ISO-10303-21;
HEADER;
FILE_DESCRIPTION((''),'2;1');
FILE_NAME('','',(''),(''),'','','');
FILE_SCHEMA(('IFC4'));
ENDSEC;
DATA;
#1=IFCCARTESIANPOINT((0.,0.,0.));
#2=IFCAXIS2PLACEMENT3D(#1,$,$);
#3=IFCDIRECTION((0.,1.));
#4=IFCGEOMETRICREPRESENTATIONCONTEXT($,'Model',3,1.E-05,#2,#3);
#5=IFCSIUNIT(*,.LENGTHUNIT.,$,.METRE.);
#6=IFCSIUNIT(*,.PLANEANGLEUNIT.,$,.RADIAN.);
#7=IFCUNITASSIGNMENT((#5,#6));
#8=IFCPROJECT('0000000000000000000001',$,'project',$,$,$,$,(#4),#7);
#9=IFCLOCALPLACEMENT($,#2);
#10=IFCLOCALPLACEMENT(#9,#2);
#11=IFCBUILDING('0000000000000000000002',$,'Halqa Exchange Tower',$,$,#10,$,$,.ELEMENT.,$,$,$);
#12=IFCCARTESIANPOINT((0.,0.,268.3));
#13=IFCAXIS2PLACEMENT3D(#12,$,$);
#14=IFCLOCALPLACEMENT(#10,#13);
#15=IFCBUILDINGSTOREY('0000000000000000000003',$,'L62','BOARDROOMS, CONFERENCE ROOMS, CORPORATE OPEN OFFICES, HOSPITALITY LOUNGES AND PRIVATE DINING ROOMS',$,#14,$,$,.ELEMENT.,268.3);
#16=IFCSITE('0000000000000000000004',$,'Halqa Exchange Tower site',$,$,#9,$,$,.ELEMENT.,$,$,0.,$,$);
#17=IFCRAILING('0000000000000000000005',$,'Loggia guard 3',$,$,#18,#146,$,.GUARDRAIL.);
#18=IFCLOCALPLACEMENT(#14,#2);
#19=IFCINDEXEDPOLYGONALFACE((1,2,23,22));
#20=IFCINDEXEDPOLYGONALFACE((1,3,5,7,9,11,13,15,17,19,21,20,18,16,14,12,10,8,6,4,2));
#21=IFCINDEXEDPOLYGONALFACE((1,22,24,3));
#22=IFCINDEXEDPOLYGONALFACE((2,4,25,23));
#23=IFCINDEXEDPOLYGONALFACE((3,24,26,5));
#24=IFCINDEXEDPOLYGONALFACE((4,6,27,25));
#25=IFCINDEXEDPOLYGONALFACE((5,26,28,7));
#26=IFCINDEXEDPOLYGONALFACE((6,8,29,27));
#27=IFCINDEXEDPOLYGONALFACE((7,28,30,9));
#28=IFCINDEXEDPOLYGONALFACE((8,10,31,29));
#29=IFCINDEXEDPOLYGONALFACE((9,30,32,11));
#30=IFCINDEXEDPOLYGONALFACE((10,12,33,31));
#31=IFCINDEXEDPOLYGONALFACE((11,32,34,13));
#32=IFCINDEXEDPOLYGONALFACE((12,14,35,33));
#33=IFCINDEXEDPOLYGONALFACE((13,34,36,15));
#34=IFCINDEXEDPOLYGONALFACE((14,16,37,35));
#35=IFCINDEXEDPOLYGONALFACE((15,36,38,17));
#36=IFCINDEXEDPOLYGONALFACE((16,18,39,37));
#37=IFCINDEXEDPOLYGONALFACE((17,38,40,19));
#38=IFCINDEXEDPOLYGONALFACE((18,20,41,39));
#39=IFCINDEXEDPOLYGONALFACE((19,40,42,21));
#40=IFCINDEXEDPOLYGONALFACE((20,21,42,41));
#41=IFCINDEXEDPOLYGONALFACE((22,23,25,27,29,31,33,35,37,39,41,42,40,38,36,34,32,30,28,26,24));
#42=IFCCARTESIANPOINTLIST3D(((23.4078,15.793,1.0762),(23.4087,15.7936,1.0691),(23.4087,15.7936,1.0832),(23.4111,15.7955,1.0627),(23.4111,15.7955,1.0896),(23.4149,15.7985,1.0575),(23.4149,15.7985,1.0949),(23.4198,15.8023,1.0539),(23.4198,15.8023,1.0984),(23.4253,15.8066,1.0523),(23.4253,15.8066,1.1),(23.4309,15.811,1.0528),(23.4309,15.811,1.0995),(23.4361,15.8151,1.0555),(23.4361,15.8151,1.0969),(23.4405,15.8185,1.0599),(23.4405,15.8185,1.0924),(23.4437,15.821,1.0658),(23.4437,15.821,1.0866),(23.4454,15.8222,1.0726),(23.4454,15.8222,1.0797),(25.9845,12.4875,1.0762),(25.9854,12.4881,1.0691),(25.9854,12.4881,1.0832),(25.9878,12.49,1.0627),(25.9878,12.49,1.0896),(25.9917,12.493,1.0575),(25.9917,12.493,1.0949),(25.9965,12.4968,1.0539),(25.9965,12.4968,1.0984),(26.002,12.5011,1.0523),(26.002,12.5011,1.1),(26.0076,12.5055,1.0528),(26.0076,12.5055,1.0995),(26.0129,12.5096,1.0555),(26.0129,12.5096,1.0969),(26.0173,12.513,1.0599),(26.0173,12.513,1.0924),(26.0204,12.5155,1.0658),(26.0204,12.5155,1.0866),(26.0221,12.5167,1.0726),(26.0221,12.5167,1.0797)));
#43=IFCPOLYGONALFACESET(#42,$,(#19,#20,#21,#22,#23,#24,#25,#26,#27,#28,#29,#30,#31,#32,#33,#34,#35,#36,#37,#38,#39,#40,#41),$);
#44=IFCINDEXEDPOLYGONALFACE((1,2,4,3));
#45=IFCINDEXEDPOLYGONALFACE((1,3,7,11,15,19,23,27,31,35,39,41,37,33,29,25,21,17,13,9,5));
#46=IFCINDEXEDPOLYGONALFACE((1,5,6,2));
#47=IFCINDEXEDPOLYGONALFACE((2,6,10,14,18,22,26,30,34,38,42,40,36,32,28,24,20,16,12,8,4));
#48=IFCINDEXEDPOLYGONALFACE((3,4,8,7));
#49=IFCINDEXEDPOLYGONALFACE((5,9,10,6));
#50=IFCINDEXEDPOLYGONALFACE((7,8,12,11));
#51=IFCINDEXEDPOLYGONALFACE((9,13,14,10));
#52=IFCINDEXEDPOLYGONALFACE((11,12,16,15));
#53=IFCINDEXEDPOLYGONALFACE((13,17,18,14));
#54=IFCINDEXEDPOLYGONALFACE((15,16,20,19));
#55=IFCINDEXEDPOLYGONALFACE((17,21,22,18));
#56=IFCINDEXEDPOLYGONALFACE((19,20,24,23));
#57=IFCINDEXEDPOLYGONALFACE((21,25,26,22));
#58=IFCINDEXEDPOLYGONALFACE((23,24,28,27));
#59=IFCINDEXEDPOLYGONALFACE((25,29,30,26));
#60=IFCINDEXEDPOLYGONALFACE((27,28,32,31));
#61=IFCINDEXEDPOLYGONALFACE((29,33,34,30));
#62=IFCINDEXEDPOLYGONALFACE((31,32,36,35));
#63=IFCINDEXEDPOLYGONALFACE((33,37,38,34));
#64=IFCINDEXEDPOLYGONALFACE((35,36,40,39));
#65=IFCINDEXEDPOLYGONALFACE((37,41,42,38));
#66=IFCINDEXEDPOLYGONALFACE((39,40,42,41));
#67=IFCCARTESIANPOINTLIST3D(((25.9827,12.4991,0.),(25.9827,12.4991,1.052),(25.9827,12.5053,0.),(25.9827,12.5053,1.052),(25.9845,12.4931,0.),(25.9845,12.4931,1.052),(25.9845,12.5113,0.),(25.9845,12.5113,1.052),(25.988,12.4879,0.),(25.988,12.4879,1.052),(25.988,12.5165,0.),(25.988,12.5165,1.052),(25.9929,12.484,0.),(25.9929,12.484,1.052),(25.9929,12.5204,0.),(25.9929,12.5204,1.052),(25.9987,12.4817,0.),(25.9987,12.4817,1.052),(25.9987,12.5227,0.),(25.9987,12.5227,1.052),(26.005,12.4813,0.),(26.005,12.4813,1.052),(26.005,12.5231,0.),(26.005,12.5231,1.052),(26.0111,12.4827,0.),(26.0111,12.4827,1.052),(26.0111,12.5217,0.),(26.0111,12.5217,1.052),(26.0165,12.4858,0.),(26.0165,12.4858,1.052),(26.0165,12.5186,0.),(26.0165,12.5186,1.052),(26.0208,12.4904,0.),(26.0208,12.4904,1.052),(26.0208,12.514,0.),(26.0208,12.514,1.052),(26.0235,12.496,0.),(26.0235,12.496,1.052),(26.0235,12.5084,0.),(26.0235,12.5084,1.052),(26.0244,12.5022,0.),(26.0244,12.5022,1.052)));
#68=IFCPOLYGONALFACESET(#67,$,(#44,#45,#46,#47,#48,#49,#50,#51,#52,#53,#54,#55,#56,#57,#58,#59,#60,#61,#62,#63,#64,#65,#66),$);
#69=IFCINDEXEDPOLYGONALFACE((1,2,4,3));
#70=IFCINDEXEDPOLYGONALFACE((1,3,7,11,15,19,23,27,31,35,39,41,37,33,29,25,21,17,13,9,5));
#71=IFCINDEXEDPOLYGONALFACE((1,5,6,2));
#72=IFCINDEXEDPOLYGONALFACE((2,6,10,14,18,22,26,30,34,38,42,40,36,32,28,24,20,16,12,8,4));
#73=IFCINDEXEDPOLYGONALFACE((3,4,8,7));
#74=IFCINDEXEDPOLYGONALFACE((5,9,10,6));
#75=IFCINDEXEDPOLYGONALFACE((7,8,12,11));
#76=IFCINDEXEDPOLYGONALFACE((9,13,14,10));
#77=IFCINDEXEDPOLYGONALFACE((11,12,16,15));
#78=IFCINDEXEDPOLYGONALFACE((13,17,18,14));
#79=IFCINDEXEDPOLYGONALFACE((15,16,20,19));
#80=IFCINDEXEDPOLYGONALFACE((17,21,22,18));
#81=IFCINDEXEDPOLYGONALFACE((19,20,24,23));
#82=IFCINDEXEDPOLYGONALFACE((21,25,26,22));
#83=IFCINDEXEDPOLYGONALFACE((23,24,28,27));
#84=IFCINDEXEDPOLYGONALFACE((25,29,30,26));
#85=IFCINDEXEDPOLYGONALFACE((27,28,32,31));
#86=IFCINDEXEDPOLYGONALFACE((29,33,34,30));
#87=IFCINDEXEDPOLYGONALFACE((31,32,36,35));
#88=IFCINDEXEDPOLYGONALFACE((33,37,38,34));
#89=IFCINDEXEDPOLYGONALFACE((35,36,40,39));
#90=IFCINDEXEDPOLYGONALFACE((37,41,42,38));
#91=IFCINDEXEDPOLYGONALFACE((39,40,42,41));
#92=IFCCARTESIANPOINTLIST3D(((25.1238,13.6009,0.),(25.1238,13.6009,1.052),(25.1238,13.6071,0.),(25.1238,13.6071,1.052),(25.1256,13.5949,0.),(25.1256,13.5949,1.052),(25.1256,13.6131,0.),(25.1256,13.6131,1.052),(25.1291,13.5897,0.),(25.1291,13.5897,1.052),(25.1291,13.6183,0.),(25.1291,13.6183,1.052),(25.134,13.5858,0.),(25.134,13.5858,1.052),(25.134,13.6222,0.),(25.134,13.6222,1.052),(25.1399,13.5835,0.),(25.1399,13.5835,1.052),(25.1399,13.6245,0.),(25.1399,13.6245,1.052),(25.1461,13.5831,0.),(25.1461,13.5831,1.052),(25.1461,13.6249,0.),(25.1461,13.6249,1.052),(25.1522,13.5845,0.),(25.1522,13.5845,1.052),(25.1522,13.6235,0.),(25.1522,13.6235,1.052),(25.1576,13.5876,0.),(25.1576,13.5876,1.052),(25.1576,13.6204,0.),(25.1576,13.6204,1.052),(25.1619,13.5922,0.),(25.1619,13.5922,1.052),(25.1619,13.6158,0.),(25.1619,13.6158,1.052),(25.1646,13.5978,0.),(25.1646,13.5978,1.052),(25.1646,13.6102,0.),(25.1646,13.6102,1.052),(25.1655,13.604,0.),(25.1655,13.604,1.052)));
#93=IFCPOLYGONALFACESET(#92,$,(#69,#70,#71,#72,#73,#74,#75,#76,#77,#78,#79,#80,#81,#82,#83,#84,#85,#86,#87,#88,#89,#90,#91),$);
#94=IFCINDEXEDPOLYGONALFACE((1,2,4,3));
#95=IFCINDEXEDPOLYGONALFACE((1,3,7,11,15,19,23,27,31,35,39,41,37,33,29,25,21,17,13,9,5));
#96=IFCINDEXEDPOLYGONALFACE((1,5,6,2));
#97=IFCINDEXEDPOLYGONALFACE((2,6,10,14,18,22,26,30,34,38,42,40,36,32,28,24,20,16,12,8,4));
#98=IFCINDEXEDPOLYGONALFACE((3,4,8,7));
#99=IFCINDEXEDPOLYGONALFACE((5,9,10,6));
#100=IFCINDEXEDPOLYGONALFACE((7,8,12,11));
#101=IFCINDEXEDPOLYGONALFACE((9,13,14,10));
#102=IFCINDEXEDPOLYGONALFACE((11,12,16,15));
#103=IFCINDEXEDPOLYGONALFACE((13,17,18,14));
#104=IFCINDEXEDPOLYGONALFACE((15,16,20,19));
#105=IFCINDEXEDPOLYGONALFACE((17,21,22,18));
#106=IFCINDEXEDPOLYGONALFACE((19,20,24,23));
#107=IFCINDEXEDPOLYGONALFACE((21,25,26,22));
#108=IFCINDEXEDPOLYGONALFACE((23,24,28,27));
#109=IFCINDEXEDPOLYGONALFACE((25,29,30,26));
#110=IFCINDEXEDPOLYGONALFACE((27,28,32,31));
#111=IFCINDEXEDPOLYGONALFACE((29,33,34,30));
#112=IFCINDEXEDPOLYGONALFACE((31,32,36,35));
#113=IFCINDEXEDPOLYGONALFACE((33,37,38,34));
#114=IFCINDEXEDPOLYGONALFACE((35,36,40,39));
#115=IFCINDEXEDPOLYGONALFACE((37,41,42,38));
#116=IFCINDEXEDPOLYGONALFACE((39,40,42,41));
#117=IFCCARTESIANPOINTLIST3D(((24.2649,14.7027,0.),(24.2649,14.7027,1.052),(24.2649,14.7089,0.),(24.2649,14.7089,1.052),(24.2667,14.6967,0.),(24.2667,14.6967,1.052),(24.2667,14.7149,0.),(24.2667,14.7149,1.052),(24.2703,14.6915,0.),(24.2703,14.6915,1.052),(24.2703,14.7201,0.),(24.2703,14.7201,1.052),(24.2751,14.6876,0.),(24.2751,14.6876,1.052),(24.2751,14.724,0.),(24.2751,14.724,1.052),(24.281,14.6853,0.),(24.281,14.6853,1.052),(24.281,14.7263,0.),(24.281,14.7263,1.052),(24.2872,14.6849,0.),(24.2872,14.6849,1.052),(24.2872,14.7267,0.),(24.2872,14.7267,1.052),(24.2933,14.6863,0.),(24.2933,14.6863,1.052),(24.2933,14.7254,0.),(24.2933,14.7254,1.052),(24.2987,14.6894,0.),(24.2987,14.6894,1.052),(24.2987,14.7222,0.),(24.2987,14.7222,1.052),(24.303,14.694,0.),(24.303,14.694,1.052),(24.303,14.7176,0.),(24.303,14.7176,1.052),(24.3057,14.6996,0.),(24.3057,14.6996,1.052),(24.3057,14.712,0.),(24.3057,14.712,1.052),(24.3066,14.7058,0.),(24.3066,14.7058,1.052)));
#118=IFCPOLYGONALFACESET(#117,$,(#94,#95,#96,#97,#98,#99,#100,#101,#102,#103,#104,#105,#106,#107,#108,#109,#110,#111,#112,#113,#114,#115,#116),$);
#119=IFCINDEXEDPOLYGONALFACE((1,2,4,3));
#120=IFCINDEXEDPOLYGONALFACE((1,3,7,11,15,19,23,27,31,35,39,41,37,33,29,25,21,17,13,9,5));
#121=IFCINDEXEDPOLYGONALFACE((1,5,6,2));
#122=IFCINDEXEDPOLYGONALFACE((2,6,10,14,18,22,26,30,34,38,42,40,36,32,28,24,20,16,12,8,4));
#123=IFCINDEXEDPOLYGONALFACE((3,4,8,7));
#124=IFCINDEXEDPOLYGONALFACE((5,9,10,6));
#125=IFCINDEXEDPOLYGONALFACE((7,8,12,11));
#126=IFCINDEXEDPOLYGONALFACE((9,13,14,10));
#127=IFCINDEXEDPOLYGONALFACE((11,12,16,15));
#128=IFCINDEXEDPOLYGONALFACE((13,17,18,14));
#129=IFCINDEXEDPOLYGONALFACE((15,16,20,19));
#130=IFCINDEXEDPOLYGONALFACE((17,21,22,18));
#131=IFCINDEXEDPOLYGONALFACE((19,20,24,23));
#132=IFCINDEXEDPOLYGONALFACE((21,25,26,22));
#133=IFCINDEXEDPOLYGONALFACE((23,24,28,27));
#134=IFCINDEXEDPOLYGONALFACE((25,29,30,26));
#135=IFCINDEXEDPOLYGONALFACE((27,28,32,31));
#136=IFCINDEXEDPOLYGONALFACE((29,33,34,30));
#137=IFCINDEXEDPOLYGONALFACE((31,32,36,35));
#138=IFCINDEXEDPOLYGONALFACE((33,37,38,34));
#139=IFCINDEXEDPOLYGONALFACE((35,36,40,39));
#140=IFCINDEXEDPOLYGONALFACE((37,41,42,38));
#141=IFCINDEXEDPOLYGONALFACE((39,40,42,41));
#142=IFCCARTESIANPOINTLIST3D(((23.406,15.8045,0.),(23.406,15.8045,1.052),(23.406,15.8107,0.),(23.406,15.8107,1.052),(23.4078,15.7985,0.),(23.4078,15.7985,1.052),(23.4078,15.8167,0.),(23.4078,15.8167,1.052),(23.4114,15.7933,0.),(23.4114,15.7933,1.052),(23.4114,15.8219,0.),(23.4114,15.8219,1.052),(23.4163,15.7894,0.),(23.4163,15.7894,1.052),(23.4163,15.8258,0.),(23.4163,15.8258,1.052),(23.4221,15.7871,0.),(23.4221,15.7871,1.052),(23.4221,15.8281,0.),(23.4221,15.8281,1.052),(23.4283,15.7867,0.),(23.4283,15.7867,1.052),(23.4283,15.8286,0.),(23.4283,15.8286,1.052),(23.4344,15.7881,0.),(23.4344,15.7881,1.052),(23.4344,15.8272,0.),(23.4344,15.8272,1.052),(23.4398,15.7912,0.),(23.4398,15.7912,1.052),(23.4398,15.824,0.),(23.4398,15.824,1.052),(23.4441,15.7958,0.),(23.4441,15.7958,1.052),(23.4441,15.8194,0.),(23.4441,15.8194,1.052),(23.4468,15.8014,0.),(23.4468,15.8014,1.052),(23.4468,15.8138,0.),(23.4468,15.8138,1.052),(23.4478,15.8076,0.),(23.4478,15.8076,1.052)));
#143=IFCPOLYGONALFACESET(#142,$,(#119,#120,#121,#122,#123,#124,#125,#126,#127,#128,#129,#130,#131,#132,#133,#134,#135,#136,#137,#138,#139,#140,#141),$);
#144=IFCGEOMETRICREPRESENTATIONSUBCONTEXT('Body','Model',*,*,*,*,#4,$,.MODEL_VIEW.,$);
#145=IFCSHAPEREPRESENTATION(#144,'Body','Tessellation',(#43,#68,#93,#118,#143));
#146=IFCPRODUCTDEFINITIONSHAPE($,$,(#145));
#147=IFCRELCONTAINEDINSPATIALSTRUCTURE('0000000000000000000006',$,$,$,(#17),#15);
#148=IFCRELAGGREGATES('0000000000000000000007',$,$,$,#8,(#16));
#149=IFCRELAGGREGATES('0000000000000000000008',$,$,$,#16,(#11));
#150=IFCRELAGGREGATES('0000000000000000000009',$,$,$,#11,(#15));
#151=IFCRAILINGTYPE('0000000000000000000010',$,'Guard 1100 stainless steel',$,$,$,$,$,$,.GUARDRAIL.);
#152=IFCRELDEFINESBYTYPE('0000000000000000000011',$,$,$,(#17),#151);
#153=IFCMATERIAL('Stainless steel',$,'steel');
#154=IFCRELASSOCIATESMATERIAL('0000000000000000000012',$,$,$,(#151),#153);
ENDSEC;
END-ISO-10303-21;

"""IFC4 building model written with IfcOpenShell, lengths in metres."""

from ifc_helpers import new_model, si_unit, direction, frame, origin, origin_2d, place, context, subcontext, project, spatial, circle, extrude, material, type_object, element, save


model = new_model("IFC4")

# Units and contexts
model_context = context("Model", 3, precision=1e-05, world=origin(), true_north=direction((0.0, 1.0)))
body_context = subcontext(model_context, "Body", "Model", "MODEL_VIEW")
ifc_project = project(units=[si_unit("LENGTHUNIT", "METRE"), si_unit("PLANEANGLEUNIT", "RADIAN")], contexts=[model_context])

# Site, building, storey
site_placement = place(None, origin())
site = spatial("IfcSite", under=ifc_project, at=site_placement, Name="Halqa Exchange Tower site", CompositionType="ELEMENT", RefElevation=0.0)
building_placement = place(site_placement, origin())
building = spatial("IfcBuilding", under=site, at=building_placement, Name="Halqa Exchange Tower", CompositionType="ELEMENT")
storey_placement = place(building_placement, frame((0.0, 0.0, 268.3)))
storey = spatial("IfcBuildingStorey", under=building, at=storey_placement, Name="L62", Description="BOARDROOMS, CONFERENCE ROOMS, CORPORATE OPEN OFFICES, HOSPITALITY LOUNGES AND PRIVATE DINING ROOMS", CompositionType="ELEMENT", Elevation=268.3)

# Railing
ifc_material_1 = material(Name="Stainless steel", Category="steel")
railing_type = type_object("IfcRailingType", Name="Guard 1100 stainless steel", PredefinedType="GUARDRAIL", material=ifc_material_1)
railing_1_placement = place(storey_placement, frame((26.0034, 12.5022, 0.0)))
element("IfcRailing", 1, at=railing_1_placement, inside=storey, type_object=railing_type, Name="Loggia guard 3", PredefinedType="GUARDRAIL", context=body_context, shape_type="SweptSolid", body=[
    extrude(circle(Radius=0.0239, at=origin_2d()), frame((0.0, 0.0, 1.0762), z_axis=(-0.614799, 0.788684, 0.0), x_axis=(-0.788684, -0.614799, 0.0)), (0.0, 0.0, 1.0), 4.1912),
    extrude(circle(Radius=0.021, at=origin_2d()), origin(), (0.0, 0.0, 1.0), 1.052),
    extrude(circle(Radius=0.021, at=origin_2d()), frame((-0.8589, 1.1018, 0.0)), (0.0, 0.0, 1.0), 1.052),
    extrude(circle(Radius=0.021, at=origin_2d()), frame((-1.7178, 2.2036, 0.0)), (0.0, 0.0, 1.0), 1.052),
    extrude(circle(Radius=0.021, at=origin_2d()), frame((-2.5767, 3.3054, 0.0)), (0.0, 0.0, 1.0), 1.052),
])

save(model, "model.ifc")
